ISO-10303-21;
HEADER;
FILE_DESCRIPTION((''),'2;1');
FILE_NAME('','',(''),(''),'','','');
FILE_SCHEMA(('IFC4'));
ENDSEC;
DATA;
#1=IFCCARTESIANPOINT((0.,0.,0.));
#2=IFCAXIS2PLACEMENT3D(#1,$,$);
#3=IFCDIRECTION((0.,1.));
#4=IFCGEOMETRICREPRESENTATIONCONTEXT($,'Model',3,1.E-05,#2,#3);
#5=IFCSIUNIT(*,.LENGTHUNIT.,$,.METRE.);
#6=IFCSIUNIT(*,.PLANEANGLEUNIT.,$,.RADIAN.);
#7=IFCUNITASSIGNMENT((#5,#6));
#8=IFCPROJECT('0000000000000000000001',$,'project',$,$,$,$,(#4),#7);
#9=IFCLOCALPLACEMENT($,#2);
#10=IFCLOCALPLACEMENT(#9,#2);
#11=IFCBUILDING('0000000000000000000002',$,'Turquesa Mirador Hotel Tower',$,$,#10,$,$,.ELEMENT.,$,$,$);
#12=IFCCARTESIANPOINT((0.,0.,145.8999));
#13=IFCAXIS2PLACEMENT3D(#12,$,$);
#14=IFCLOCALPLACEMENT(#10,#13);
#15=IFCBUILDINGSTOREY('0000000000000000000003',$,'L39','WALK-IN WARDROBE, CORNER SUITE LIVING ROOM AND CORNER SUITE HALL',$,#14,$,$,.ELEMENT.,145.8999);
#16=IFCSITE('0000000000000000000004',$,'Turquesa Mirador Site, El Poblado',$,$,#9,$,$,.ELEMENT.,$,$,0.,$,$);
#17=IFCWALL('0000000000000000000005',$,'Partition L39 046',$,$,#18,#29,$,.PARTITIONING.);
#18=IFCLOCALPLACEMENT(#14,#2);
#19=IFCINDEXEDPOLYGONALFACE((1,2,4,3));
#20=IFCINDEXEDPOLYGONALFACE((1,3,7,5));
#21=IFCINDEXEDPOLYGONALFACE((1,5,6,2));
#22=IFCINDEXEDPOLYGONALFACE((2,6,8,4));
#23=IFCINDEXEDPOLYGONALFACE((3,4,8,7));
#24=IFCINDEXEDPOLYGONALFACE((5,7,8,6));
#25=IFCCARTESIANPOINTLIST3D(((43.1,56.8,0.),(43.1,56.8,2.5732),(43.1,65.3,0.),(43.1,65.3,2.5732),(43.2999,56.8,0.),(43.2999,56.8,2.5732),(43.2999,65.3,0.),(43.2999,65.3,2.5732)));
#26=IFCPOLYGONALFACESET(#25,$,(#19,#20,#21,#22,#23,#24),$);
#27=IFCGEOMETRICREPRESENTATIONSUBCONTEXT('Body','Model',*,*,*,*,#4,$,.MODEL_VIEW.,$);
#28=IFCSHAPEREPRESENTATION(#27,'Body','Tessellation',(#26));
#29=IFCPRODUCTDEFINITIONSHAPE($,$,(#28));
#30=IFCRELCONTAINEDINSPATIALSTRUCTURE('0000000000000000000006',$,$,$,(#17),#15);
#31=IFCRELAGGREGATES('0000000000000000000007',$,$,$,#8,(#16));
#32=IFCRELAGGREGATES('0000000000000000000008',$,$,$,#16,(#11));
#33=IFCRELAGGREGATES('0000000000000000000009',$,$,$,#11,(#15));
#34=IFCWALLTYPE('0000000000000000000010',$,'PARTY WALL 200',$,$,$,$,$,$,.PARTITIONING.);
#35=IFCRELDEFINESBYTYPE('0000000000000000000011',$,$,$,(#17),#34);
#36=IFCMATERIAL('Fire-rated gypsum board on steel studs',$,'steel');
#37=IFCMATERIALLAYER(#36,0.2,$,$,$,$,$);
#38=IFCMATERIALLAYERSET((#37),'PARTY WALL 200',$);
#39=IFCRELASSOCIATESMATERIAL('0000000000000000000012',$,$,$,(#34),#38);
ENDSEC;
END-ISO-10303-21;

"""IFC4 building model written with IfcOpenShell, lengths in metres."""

from ifc_helpers import new_model, si_unit, direction, frame, frame_2d, origin, place, context, subcontext, project, spatial, rectangle, extrude, material, layer, layer_set, type_object, element, save


model = new_model("IFC4")

# Units and contexts
model_context = context("Model", 3, precision=1e-05, world=origin(), true_north=direction((0.0, 1.0)))
body_context = subcontext(model_context, "Body", "Model", "MODEL_VIEW")
ifc_project = project(units=[si_unit("LENGTHUNIT", "METRE"), si_unit("PLANEANGLEUNIT", "RADIAN")], contexts=[model_context])

# Site, building, storey
site_placement = place(None, origin())
site = spatial("IfcSite", under=ifc_project, at=site_placement, Name="Turquesa Mirador Site, El Poblado", CompositionType="ELEMENT", RefElevation=0.0)
building_placement = place(site_placement, origin())
building = spatial("IfcBuilding", under=site, at=building_placement, Name="Turquesa Mirador Hotel Tower", CompositionType="ELEMENT")
storey_placement = place(building_placement, frame((0.0, 0.0, 145.8999)))
storey = spatial("IfcBuildingStorey", under=building, at=storey_placement, Name="L39", Description="WALK-IN WARDROBE, CORNER SUITE LIVING ROOM AND CORNER SUITE HALL", CompositionType="ELEMENT", Elevation=145.8999)

# Wall
ifc_material_1 = material(Name="Fire-rated gypsum board on steel studs", Category="steel")
ifc_layer_1 = layer(ifc_material_1, 0.2)
ifc_layer_set_1 = layer_set([ifc_layer_1], Name="PARTY WALL 200")
wall_type_1 = type_object("IfcWallType", Name="PARTY WALL 200", PredefinedType="PARTITIONING", material=ifc_layer_set_1)
wall_1_placement = place(storey_placement, frame((43.2, 56.8, 0.0), z_axis=(0.0, 0.0, 1.0), x_axis=(0.0, 1.0, 0.0)))
element("IfcWall", 1, at=wall_1_placement, inside=storey, type_object=wall_type_1, Name="Partition L39 046", PredefinedType="PARTITIONING", context=body_context, shape_type="SweptSolid", body=[
    extrude(rectangle(XDim=8.5, YDim=0.2, at=frame_2d((4.25, 0.0))), origin(), (0.0, 0.0, 1.0), 2.5732),
])

save(model, "model.ifc")
